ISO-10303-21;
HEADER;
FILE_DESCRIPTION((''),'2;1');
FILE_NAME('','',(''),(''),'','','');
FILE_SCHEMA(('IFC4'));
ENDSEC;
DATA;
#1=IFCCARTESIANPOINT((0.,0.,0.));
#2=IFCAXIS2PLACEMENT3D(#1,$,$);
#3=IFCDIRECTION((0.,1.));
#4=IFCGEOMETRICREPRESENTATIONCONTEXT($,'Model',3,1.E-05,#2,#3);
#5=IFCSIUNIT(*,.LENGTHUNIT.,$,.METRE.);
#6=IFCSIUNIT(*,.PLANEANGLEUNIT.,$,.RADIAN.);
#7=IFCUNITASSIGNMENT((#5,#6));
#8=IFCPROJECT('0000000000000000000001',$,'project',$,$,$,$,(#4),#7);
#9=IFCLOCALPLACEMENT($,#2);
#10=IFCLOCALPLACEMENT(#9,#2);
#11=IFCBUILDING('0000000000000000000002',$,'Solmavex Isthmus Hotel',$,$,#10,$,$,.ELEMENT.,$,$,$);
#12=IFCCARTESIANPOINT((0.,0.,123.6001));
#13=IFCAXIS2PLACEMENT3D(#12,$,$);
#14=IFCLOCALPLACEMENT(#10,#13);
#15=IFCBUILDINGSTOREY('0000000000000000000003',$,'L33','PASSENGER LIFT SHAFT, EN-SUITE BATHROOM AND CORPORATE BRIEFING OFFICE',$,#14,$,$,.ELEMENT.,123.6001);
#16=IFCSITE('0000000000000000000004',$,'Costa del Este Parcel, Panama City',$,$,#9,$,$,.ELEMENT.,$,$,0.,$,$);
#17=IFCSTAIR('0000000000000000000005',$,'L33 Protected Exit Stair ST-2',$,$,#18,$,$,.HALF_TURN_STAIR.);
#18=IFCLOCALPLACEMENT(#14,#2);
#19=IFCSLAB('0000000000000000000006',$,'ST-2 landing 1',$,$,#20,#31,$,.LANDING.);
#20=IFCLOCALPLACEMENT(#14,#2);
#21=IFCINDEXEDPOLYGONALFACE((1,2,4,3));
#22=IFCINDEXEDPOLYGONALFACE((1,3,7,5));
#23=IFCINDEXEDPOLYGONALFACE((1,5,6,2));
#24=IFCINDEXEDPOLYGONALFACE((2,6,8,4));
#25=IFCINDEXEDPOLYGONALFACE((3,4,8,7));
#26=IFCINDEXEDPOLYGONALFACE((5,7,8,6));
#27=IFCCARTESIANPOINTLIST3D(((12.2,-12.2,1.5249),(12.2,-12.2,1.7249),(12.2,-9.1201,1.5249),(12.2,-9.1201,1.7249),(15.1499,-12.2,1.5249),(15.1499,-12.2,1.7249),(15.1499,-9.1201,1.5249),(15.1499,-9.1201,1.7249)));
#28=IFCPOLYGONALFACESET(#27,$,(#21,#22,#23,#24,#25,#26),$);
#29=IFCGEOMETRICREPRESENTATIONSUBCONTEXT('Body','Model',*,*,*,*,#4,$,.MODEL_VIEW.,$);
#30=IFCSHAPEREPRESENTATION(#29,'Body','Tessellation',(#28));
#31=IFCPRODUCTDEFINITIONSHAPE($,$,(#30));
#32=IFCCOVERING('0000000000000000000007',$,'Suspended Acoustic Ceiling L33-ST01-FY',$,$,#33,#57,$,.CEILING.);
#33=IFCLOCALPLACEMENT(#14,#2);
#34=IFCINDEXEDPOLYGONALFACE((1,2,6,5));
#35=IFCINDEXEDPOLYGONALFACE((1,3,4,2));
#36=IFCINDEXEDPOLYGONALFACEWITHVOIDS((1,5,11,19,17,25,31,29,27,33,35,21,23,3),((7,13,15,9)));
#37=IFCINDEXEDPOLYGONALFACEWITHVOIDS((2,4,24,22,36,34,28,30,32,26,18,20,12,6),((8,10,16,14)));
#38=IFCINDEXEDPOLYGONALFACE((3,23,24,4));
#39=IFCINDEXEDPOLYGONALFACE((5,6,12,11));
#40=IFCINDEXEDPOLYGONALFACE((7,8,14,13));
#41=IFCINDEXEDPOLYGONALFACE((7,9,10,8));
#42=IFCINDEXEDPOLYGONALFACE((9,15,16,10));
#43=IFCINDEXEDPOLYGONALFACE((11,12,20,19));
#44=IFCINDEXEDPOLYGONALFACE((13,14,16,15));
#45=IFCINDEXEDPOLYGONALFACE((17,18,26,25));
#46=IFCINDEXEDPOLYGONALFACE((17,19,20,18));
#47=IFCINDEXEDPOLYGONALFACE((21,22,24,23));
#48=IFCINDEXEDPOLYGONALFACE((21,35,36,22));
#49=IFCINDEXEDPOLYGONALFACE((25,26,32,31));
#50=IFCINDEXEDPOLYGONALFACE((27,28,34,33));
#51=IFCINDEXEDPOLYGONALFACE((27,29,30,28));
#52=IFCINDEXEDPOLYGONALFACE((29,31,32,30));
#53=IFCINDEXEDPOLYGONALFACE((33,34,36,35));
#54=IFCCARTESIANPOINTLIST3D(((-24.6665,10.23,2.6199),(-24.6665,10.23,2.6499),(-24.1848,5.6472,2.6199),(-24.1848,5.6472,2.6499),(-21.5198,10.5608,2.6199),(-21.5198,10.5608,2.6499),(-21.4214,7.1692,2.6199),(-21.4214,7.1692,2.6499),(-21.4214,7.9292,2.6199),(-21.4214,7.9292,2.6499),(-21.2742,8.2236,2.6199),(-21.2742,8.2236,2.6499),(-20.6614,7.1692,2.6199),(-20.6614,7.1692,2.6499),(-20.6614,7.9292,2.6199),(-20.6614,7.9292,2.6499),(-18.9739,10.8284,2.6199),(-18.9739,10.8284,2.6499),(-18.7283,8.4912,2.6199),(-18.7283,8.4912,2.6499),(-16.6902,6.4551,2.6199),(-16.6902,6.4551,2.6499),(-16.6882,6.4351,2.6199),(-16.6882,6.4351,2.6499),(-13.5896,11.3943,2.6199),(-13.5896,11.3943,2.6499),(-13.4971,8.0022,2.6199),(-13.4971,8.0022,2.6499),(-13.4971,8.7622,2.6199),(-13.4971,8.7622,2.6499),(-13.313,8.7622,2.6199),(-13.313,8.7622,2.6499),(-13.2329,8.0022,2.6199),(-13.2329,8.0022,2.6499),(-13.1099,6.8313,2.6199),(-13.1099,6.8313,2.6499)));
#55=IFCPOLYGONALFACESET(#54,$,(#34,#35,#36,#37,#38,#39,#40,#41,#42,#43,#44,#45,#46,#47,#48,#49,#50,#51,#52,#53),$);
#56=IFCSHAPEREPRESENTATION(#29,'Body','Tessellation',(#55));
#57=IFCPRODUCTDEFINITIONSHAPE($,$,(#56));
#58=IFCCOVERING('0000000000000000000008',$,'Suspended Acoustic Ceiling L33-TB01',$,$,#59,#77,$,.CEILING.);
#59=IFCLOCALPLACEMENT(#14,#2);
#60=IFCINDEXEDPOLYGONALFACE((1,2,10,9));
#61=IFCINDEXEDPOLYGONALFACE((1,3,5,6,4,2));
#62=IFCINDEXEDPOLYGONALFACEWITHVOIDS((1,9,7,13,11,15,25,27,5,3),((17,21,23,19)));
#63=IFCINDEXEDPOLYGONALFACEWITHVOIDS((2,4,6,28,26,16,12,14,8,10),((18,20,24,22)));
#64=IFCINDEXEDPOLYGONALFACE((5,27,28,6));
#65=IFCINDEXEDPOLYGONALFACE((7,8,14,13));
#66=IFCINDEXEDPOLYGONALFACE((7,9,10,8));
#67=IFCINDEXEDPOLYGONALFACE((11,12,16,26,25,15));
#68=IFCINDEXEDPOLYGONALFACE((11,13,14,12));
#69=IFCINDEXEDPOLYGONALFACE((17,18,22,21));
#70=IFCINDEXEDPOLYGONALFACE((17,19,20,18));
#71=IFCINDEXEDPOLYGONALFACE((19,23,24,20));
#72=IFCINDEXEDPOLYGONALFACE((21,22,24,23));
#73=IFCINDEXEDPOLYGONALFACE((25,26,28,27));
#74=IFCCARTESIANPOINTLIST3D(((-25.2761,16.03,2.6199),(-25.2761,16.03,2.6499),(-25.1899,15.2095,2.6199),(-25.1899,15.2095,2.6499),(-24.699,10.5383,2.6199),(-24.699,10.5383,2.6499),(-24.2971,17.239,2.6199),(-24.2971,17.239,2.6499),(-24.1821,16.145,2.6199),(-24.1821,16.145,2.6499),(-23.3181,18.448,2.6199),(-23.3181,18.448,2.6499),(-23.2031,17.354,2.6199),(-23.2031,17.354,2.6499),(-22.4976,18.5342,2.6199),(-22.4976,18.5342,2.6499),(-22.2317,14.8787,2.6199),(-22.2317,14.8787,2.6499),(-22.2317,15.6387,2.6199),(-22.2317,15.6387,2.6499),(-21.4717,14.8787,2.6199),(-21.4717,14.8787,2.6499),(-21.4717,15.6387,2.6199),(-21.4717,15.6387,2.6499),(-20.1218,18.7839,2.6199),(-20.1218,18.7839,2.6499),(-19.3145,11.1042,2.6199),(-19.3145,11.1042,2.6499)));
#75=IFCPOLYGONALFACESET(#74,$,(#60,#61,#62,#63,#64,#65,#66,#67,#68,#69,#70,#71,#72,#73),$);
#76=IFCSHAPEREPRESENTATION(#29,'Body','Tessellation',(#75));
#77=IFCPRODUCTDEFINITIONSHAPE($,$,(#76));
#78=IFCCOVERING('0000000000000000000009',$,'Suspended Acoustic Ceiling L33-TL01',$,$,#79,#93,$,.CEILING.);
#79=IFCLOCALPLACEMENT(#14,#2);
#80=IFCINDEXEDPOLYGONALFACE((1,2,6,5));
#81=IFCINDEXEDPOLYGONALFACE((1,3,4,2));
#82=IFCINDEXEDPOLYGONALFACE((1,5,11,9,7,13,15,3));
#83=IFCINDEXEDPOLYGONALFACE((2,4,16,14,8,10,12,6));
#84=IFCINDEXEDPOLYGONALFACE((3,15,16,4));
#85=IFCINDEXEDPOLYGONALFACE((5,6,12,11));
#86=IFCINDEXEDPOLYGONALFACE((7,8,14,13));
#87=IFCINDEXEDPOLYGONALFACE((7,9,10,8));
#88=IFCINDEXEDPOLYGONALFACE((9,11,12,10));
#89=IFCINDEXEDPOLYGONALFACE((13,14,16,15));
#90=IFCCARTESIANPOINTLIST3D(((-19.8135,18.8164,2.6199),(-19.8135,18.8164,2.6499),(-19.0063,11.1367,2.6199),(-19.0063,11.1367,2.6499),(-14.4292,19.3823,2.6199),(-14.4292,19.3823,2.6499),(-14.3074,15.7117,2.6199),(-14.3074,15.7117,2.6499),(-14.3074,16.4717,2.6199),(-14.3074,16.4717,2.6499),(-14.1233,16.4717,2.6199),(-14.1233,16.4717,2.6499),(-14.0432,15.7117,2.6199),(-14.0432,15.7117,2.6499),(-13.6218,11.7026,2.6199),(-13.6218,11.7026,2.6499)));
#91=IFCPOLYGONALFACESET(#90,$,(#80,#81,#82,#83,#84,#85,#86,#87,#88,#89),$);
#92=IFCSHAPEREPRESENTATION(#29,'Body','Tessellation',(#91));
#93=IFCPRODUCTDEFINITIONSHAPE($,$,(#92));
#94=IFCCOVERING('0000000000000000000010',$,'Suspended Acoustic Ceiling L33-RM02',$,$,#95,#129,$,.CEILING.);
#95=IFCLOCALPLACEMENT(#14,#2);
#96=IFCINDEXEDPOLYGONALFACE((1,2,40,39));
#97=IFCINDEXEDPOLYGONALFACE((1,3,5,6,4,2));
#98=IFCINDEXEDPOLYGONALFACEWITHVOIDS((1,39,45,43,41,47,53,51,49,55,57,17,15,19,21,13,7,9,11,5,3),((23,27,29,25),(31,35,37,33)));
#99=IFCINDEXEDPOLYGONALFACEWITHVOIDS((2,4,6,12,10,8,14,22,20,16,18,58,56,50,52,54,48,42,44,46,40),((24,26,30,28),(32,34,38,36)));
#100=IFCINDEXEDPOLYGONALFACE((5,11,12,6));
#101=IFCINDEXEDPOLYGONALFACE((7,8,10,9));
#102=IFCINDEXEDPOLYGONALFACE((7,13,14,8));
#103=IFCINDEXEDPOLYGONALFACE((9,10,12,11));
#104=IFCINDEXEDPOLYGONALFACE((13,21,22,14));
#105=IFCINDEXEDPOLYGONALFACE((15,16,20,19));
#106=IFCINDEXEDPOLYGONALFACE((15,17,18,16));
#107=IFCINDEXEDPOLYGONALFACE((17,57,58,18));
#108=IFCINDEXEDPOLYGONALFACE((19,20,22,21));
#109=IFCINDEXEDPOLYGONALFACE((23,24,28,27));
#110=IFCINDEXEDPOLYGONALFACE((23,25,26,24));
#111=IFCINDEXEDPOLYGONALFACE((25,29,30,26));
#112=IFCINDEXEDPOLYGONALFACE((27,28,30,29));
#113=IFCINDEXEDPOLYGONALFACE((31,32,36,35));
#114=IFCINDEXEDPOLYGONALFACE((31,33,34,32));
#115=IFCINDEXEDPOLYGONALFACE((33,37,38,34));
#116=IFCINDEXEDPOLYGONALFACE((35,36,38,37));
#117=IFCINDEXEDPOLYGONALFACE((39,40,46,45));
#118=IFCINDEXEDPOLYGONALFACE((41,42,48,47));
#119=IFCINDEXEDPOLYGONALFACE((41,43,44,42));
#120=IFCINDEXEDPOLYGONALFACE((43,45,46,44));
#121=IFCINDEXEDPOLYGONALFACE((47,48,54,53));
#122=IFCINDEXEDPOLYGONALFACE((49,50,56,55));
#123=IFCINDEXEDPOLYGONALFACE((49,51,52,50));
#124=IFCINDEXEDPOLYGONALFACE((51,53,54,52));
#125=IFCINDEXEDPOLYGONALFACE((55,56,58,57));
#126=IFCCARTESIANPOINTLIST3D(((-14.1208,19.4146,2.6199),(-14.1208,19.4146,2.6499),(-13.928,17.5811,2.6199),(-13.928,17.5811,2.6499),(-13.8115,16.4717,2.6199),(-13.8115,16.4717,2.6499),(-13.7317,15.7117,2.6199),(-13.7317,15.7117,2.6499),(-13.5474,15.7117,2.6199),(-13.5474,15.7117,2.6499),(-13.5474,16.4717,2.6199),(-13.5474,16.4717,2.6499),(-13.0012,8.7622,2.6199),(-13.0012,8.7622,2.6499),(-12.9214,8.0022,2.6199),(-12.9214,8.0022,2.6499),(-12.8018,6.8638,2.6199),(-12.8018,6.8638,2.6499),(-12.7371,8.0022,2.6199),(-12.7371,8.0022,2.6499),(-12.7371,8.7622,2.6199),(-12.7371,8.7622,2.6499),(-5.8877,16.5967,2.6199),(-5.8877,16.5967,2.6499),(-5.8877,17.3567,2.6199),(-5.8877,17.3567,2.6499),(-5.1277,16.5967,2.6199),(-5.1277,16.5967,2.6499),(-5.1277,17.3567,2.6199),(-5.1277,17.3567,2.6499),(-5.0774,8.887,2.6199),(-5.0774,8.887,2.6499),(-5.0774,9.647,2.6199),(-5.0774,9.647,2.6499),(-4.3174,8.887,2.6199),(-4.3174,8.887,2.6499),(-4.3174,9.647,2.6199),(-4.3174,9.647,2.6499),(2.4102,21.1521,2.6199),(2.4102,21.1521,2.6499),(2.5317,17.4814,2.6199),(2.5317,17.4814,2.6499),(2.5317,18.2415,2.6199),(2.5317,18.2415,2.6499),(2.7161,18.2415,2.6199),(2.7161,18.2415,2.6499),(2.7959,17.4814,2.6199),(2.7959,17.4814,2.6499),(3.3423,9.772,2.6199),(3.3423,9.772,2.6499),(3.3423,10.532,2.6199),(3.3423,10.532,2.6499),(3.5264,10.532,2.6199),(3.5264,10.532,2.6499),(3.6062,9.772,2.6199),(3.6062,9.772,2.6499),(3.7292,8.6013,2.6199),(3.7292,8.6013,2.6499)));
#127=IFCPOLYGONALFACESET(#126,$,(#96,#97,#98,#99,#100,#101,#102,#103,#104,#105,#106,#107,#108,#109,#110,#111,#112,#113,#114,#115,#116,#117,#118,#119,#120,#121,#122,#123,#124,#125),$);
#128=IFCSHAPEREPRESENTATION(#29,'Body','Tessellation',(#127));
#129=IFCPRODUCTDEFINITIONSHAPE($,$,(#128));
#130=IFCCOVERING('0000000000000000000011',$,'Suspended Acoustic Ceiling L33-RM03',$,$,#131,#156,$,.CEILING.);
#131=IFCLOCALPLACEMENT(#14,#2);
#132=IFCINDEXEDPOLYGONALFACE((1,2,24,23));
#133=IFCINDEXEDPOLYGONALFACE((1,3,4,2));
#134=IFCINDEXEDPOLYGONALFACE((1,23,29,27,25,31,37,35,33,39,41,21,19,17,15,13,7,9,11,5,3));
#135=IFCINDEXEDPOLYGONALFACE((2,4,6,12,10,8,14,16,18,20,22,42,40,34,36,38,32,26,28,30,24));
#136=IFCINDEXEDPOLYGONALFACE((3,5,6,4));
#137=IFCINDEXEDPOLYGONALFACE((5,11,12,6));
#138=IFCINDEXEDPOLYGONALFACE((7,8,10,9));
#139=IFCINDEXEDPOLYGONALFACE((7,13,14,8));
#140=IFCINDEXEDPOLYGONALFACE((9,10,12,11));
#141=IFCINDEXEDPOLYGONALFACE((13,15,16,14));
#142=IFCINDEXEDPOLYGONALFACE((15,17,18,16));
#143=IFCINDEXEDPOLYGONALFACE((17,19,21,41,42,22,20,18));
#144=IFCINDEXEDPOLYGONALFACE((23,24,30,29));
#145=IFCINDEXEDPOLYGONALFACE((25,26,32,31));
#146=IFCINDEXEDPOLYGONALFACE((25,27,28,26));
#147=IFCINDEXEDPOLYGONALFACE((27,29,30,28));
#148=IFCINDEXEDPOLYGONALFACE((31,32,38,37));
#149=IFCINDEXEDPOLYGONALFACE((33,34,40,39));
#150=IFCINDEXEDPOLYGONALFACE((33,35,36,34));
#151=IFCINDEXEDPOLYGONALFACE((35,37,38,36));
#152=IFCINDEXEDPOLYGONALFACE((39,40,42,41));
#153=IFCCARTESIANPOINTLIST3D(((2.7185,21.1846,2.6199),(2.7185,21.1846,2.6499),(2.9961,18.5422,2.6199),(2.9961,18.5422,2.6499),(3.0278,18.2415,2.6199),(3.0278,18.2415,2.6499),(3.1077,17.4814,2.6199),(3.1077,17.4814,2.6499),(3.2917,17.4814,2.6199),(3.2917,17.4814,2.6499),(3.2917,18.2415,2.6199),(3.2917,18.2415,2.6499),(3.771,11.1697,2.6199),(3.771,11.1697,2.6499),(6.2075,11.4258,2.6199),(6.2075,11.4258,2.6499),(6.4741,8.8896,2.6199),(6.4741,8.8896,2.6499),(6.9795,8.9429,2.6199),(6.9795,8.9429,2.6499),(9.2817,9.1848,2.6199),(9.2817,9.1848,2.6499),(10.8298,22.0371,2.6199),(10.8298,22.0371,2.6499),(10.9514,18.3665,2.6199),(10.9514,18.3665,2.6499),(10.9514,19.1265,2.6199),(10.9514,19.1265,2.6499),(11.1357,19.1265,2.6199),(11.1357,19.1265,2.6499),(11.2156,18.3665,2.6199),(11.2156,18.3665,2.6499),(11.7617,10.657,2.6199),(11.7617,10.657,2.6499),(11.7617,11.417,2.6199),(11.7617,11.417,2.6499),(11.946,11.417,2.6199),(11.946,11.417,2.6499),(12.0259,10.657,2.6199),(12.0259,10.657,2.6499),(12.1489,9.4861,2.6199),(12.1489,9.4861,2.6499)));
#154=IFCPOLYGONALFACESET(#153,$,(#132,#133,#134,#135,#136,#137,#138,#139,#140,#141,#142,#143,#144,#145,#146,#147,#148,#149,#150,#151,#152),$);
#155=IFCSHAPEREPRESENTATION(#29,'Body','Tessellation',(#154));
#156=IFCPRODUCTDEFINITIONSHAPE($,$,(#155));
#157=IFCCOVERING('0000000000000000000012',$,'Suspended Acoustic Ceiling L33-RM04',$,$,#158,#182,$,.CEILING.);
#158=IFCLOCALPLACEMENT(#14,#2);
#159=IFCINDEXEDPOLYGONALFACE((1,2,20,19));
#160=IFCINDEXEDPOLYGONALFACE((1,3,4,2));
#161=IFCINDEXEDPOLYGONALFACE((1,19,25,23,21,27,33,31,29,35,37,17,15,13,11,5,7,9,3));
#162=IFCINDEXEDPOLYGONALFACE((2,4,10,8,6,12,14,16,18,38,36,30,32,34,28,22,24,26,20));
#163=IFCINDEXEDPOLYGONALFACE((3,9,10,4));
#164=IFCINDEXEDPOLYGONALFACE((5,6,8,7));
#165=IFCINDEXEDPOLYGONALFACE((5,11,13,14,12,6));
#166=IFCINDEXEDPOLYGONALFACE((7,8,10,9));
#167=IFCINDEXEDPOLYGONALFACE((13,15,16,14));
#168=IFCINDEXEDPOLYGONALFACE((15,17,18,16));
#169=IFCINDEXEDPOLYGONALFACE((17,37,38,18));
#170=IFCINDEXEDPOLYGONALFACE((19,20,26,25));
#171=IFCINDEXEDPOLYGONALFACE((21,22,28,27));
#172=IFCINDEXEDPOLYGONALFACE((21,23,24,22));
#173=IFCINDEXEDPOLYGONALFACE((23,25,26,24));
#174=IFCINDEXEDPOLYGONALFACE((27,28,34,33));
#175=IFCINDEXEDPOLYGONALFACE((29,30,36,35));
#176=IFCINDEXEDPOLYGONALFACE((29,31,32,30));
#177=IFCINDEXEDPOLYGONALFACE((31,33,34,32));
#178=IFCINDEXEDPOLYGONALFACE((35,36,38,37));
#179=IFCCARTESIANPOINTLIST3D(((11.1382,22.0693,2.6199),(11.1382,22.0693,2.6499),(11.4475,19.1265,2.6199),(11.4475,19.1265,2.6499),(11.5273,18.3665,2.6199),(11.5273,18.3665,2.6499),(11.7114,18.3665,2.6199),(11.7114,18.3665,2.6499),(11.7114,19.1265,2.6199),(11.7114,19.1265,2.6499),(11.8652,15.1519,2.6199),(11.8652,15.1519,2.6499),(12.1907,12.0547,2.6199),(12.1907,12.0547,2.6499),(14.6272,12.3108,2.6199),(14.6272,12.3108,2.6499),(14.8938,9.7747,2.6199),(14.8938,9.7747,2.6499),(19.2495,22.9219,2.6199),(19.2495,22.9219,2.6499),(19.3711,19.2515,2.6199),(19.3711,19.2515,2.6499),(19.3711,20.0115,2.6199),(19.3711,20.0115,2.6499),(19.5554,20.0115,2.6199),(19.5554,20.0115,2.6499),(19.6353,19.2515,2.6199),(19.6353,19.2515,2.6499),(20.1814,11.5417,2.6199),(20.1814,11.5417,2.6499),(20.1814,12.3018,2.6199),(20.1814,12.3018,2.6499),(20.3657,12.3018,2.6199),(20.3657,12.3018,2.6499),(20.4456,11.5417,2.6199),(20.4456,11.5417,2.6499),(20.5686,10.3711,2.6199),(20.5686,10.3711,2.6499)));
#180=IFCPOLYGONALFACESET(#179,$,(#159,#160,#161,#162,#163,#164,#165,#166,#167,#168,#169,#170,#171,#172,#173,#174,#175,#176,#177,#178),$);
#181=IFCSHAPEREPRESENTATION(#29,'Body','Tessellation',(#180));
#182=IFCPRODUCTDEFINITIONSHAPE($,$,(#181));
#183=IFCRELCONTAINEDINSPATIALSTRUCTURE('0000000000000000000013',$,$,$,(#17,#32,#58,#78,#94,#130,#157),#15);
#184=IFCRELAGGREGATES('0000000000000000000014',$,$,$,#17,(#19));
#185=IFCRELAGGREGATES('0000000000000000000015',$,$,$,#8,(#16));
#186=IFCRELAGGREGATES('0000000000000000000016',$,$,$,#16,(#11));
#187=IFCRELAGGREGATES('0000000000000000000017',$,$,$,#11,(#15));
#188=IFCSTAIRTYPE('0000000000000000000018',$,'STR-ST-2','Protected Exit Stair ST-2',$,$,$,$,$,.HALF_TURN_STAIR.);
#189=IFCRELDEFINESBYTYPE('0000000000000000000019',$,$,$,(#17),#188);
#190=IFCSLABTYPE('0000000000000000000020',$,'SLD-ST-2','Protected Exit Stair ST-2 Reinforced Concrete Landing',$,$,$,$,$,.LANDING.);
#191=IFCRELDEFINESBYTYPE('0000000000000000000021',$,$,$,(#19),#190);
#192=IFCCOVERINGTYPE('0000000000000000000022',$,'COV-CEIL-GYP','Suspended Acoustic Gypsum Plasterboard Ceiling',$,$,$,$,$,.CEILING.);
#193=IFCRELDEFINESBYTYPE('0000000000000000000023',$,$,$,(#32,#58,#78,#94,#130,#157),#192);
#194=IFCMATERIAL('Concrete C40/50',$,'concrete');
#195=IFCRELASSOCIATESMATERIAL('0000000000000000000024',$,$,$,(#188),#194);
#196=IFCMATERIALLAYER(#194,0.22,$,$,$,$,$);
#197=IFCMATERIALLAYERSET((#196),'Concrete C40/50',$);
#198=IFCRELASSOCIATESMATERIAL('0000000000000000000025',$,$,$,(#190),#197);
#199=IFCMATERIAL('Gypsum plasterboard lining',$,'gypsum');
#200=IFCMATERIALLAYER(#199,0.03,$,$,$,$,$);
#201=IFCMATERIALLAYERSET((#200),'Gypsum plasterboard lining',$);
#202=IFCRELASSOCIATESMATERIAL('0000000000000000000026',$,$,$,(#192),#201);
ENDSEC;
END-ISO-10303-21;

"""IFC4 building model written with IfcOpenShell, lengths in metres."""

from ifc_helpers import new_model, si_unit, direction, frame, origin, place, context, subcontext, project, spatial, polyline, outline, extrude, material, layer, layer_set, type_object, element, aggregate, save


model = new_model("IFC4")

# Units and contexts
model_context = context("Model", 3, precision=1e-05, world=origin(), true_north=direction((0.0, 1.0)))
body_context = subcontext(model_context, "Body", "Model", "MODEL_VIEW")
ifc_project = project(units=[si_unit("LENGTHUNIT", "METRE"), si_unit("PLANEANGLEUNIT", "RADIAN")], contexts=[model_context])

# Site, building, storey
site_placement = place(None, origin())
site = spatial("IfcSite", under=ifc_project, at=site_placement, Name="Costa del Este Parcel, Panama City", CompositionType="ELEMENT", RefElevation=0.0)
building_placement = place(site_placement, origin())
building = spatial("IfcBuilding", under=site, at=building_placement, Name="Solmavex Isthmus Hotel", CompositionType="ELEMENT")
storey_placement = place(building_placement, frame((0.0, 0.0, 123.6001)))
storey = spatial("IfcBuildingStorey", under=building, at=storey_placement, Name="L33", Description="PASSENGER LIFT SHAFT, EN-SUITE BATHROOM AND CORPORATE BRIEFING OFFICE", CompositionType="ELEMENT", Elevation=123.6001)

# Stair, slab
ifc_material_1 = material(Name="Concrete C40/50", Category="concrete")
stair_type = type_object("IfcStairType", Name="STR-ST-2", Description="Protected Exit Stair ST-2", PredefinedType="HALF_TURN_STAIR", material=ifc_material_1)
stair_placement = place(storey_placement, origin())
stair = element("IfcStair", 1, at=stair_placement, inside=storey, type_object=stair_type, Name="L33 Protected Exit Stair ST-2", PredefinedType="HALF_TURN_STAIR")
ifc_layer_1 = layer(ifc_material_1, 0.22)
ifc_layer_set_1 = layer_set([ifc_layer_1], Name="Concrete C40/50")
slab_type = type_object("IfcSlabType", Name="SLD-ST-2", Description="Protected Exit Stair ST-2 Reinforced Concrete Landing", PredefinedType="LANDING", material=ifc_layer_set_1)
slab_placement = place(storey_placement, frame((0.0, 0.0, 1.5249)))
slab = element("IfcSlab", 2, at=slab_placement, type_object=slab_type, Name="ST-2 landing 1", PredefinedType="LANDING", context=body_context, shape_type="SweptSolid", body=[
    extrude(outline(polyline([(12.2, -9.1201), (12.2, -12.2), (15.1499, -12.2), (15.1499, -9.1201), (12.2, -9.1201)])), origin(), (0.0, 0.0, 1.0), 0.2),
])
aggregate(stair, [slab])

# Coverings
ifc_material_2 = material(Name="Gypsum plasterboard lining", Category="gypsum")
ifc_layer_2 = layer(ifc_material_2, 0.03)
ifc_layer_set_2 = layer_set([ifc_layer_2], Name="Gypsum plasterboard lining")
covering_type_1 = type_object("IfcCoveringType", Name="COV-CEIL-GYP", Description="Suspended Acoustic Gypsum Plasterboard Ceiling", PredefinedType="CEILING", material=ifc_layer_set_2)
covering_1_placement = place(storey_placement, frame((0.0, 0.0, 2.6199)))
element("IfcCovering", 3, at=covering_1_placement, inside=storey, type_object=covering_type_1, Name="Suspended Acoustic Ceiling L33-ST01-FY", PredefinedType="CEILING", context=body_context, shape_type="SweptSolid", body=[
    extrude(outline(polyline([(-21.5198, 10.5608), (-24.6665, 10.23), (-24.1848, 5.6472), (-16.6882, 6.4351), (-16.6902, 6.4551), (-13.1099, 6.8313), (-13.2329, 8.0022), (-13.4971, 8.0022), (-13.4971, 8.7622), (-13.313, 8.7622), (-13.5896, 11.3943), (-18.9739, 10.8284), (-18.7283, 8.4912), (-21.2742, 8.2236), (-21.5198, 10.5608)]), holes=[polyline([(-21.4214, 7.1692), (-21.4214, 7.9292), (-20.6614, 7.9292), (-20.6614, 7.1692), (-21.4214, 7.1692)])]), origin(), (0.0, 0.0, 1.0), 0.03),
])
covering_2_placement = place(storey_placement, frame((0.0, 0.0, 2.6199)))
element("IfcCovering", 4, at=covering_2_placement, inside=storey, type_object=covering_type_1, Name="Suspended Acoustic Ceiling L33-TB01", PredefinedType="CEILING", context=body_context, shape_type="SweptSolid", body=[
    extrude(outline(polyline([(-25.2761, 16.03), (-25.1899, 15.2095), (-24.699, 10.5383), (-19.3145, 11.1042), (-20.1218, 18.7839), (-22.4976, 18.5342), (-23.3181, 18.448), (-23.2031, 17.354), (-24.2971, 17.239), (-24.1821, 16.145), (-25.2761, 16.03)]), holes=[polyline([(-22.2317, 14.8787), (-22.2317, 15.6387), (-21.4717, 15.6387), (-21.4717, 14.8787), (-22.2317, 14.8787)])]), origin(), (0.0, 0.0, 1.0), 0.03),
])
covering_3_placement = place(storey_placement, frame((0.0, 0.0, 2.6199)))
element("IfcCovering", 5, at=covering_3_placement, inside=storey, type_object=covering_type_1, Name="Suspended Acoustic Ceiling L33-TL01", PredefinedType="CEILING", context=body_context, shape_type="SweptSolid", body=[
    extrude(outline(polyline([(-14.0432, 15.7117), (-14.3074, 15.7117), (-14.3074, 16.4717), (-14.1233, 16.4717), (-14.4292, 19.3823), (-19.8135, 18.8164), (-19.0063, 11.1367), (-13.6218, 11.7026), (-14.0432, 15.7117)])), origin(), (0.0, 0.0, 1.0), 0.03),
])
covering_4_placement = place(storey_placement, frame((0.0, 0.0, 2.6199)))
element("IfcCovering", 6, at=covering_4_placement, inside=storey, type_object=covering_type_1, Name="Suspended Acoustic Ceiling L33-RM02", PredefinedType="CEILING", context=body_context, shape_type="SweptSolid", body=[
    extrude(outline(polyline([(-13.0012, 8.7622), (-12.7371, 8.7622), (-12.7371, 8.0022), (-12.9214, 8.0022), (-12.8018, 6.8638), (3.7292, 8.6013), (3.6062, 9.772), (3.3423, 9.772), (3.3423, 10.532), (3.5264, 10.532), (2.7959, 17.4814), (2.5317, 17.4814), (2.5317, 18.2415), (2.7161, 18.2415), (2.4102, 21.1521), (-14.1208, 19.4146), (-13.928, 17.5811), (-13.8115, 16.4717), (-13.5474, 16.4717), (-13.5474, 15.7117), (-13.7317, 15.7117), (-13.0012, 8.7622)]), holes=[polyline([(-5.0774, 8.887), (-5.0774, 9.647), (-4.3174, 9.647), (-4.3174, 8.887), (-5.0774, 8.887)]), polyline([(-5.8877, 17.3567), (-5.1277, 17.3567), (-5.1277, 16.5967), (-5.8877, 16.5967), (-5.8877, 17.3567)])]), origin(), (0.0, 0.0, 1.0), 0.03),
])
covering_5_placement = place(storey_placement, frame((0.0, 0.0, 2.6199)))
element("IfcCovering", 7, at=covering_5_placement, inside=storey, type_object=covering_type_1, Name="Suspended Acoustic Ceiling L33-RM03", PredefinedType="CEILING", context=body_context, shape_type="SweptSolid", body=[
    extrude(outline(polyline([(3.0278, 18.2415), (3.2917, 18.2415), (3.2917, 17.4814), (3.1077, 17.4814), (3.771, 11.1697), (6.2075, 11.4258), (6.4741, 8.8896), (6.9795, 8.9429), (9.2817, 9.1848), (12.1489, 9.4861), (12.0259, 10.657), (11.7617, 10.657), (11.7617, 11.417), (11.946, 11.417), (11.2156, 18.3665), (10.9514, 18.3665), (10.9514, 19.1265), (11.1357, 19.1265), (10.8298, 22.0371), (2.7185, 21.1846), (2.9961, 18.5422), (3.0278, 18.2415)])), origin(), (0.0, 0.0, 1.0), 0.03),
])
covering_6_placement = place(storey_placement, frame((0.0, 0.0, 2.6199)))
element("IfcCovering", 8, at=covering_6_placement, inside=storey, type_object=covering_type_1, Name="Suspended Acoustic Ceiling L33-RM04", PredefinedType="CEILING", context=body_context, shape_type="SweptSolid", body=[
    extrude(outline(polyline([(11.4475, 19.1265), (11.7114, 19.1265), (11.7114, 18.3665), (11.5273, 18.3665), (11.8652, 15.1519), (12.1907, 12.0547), (14.6272, 12.3108), (14.8938, 9.7747), (20.5686, 10.3711), (20.4456, 11.5417), (20.1814, 11.5417), (20.1814, 12.3018), (20.3657, 12.3018), (19.6353, 19.2515), (19.3711, 19.2515), (19.3711, 20.0115), (19.5554, 20.0115), (19.2495, 22.9219), (11.1382, 22.0693), (11.4475, 19.1265)])), origin(), (0.0, 0.0, 1.0), 0.03),
])

save(model, "model.ifc")
